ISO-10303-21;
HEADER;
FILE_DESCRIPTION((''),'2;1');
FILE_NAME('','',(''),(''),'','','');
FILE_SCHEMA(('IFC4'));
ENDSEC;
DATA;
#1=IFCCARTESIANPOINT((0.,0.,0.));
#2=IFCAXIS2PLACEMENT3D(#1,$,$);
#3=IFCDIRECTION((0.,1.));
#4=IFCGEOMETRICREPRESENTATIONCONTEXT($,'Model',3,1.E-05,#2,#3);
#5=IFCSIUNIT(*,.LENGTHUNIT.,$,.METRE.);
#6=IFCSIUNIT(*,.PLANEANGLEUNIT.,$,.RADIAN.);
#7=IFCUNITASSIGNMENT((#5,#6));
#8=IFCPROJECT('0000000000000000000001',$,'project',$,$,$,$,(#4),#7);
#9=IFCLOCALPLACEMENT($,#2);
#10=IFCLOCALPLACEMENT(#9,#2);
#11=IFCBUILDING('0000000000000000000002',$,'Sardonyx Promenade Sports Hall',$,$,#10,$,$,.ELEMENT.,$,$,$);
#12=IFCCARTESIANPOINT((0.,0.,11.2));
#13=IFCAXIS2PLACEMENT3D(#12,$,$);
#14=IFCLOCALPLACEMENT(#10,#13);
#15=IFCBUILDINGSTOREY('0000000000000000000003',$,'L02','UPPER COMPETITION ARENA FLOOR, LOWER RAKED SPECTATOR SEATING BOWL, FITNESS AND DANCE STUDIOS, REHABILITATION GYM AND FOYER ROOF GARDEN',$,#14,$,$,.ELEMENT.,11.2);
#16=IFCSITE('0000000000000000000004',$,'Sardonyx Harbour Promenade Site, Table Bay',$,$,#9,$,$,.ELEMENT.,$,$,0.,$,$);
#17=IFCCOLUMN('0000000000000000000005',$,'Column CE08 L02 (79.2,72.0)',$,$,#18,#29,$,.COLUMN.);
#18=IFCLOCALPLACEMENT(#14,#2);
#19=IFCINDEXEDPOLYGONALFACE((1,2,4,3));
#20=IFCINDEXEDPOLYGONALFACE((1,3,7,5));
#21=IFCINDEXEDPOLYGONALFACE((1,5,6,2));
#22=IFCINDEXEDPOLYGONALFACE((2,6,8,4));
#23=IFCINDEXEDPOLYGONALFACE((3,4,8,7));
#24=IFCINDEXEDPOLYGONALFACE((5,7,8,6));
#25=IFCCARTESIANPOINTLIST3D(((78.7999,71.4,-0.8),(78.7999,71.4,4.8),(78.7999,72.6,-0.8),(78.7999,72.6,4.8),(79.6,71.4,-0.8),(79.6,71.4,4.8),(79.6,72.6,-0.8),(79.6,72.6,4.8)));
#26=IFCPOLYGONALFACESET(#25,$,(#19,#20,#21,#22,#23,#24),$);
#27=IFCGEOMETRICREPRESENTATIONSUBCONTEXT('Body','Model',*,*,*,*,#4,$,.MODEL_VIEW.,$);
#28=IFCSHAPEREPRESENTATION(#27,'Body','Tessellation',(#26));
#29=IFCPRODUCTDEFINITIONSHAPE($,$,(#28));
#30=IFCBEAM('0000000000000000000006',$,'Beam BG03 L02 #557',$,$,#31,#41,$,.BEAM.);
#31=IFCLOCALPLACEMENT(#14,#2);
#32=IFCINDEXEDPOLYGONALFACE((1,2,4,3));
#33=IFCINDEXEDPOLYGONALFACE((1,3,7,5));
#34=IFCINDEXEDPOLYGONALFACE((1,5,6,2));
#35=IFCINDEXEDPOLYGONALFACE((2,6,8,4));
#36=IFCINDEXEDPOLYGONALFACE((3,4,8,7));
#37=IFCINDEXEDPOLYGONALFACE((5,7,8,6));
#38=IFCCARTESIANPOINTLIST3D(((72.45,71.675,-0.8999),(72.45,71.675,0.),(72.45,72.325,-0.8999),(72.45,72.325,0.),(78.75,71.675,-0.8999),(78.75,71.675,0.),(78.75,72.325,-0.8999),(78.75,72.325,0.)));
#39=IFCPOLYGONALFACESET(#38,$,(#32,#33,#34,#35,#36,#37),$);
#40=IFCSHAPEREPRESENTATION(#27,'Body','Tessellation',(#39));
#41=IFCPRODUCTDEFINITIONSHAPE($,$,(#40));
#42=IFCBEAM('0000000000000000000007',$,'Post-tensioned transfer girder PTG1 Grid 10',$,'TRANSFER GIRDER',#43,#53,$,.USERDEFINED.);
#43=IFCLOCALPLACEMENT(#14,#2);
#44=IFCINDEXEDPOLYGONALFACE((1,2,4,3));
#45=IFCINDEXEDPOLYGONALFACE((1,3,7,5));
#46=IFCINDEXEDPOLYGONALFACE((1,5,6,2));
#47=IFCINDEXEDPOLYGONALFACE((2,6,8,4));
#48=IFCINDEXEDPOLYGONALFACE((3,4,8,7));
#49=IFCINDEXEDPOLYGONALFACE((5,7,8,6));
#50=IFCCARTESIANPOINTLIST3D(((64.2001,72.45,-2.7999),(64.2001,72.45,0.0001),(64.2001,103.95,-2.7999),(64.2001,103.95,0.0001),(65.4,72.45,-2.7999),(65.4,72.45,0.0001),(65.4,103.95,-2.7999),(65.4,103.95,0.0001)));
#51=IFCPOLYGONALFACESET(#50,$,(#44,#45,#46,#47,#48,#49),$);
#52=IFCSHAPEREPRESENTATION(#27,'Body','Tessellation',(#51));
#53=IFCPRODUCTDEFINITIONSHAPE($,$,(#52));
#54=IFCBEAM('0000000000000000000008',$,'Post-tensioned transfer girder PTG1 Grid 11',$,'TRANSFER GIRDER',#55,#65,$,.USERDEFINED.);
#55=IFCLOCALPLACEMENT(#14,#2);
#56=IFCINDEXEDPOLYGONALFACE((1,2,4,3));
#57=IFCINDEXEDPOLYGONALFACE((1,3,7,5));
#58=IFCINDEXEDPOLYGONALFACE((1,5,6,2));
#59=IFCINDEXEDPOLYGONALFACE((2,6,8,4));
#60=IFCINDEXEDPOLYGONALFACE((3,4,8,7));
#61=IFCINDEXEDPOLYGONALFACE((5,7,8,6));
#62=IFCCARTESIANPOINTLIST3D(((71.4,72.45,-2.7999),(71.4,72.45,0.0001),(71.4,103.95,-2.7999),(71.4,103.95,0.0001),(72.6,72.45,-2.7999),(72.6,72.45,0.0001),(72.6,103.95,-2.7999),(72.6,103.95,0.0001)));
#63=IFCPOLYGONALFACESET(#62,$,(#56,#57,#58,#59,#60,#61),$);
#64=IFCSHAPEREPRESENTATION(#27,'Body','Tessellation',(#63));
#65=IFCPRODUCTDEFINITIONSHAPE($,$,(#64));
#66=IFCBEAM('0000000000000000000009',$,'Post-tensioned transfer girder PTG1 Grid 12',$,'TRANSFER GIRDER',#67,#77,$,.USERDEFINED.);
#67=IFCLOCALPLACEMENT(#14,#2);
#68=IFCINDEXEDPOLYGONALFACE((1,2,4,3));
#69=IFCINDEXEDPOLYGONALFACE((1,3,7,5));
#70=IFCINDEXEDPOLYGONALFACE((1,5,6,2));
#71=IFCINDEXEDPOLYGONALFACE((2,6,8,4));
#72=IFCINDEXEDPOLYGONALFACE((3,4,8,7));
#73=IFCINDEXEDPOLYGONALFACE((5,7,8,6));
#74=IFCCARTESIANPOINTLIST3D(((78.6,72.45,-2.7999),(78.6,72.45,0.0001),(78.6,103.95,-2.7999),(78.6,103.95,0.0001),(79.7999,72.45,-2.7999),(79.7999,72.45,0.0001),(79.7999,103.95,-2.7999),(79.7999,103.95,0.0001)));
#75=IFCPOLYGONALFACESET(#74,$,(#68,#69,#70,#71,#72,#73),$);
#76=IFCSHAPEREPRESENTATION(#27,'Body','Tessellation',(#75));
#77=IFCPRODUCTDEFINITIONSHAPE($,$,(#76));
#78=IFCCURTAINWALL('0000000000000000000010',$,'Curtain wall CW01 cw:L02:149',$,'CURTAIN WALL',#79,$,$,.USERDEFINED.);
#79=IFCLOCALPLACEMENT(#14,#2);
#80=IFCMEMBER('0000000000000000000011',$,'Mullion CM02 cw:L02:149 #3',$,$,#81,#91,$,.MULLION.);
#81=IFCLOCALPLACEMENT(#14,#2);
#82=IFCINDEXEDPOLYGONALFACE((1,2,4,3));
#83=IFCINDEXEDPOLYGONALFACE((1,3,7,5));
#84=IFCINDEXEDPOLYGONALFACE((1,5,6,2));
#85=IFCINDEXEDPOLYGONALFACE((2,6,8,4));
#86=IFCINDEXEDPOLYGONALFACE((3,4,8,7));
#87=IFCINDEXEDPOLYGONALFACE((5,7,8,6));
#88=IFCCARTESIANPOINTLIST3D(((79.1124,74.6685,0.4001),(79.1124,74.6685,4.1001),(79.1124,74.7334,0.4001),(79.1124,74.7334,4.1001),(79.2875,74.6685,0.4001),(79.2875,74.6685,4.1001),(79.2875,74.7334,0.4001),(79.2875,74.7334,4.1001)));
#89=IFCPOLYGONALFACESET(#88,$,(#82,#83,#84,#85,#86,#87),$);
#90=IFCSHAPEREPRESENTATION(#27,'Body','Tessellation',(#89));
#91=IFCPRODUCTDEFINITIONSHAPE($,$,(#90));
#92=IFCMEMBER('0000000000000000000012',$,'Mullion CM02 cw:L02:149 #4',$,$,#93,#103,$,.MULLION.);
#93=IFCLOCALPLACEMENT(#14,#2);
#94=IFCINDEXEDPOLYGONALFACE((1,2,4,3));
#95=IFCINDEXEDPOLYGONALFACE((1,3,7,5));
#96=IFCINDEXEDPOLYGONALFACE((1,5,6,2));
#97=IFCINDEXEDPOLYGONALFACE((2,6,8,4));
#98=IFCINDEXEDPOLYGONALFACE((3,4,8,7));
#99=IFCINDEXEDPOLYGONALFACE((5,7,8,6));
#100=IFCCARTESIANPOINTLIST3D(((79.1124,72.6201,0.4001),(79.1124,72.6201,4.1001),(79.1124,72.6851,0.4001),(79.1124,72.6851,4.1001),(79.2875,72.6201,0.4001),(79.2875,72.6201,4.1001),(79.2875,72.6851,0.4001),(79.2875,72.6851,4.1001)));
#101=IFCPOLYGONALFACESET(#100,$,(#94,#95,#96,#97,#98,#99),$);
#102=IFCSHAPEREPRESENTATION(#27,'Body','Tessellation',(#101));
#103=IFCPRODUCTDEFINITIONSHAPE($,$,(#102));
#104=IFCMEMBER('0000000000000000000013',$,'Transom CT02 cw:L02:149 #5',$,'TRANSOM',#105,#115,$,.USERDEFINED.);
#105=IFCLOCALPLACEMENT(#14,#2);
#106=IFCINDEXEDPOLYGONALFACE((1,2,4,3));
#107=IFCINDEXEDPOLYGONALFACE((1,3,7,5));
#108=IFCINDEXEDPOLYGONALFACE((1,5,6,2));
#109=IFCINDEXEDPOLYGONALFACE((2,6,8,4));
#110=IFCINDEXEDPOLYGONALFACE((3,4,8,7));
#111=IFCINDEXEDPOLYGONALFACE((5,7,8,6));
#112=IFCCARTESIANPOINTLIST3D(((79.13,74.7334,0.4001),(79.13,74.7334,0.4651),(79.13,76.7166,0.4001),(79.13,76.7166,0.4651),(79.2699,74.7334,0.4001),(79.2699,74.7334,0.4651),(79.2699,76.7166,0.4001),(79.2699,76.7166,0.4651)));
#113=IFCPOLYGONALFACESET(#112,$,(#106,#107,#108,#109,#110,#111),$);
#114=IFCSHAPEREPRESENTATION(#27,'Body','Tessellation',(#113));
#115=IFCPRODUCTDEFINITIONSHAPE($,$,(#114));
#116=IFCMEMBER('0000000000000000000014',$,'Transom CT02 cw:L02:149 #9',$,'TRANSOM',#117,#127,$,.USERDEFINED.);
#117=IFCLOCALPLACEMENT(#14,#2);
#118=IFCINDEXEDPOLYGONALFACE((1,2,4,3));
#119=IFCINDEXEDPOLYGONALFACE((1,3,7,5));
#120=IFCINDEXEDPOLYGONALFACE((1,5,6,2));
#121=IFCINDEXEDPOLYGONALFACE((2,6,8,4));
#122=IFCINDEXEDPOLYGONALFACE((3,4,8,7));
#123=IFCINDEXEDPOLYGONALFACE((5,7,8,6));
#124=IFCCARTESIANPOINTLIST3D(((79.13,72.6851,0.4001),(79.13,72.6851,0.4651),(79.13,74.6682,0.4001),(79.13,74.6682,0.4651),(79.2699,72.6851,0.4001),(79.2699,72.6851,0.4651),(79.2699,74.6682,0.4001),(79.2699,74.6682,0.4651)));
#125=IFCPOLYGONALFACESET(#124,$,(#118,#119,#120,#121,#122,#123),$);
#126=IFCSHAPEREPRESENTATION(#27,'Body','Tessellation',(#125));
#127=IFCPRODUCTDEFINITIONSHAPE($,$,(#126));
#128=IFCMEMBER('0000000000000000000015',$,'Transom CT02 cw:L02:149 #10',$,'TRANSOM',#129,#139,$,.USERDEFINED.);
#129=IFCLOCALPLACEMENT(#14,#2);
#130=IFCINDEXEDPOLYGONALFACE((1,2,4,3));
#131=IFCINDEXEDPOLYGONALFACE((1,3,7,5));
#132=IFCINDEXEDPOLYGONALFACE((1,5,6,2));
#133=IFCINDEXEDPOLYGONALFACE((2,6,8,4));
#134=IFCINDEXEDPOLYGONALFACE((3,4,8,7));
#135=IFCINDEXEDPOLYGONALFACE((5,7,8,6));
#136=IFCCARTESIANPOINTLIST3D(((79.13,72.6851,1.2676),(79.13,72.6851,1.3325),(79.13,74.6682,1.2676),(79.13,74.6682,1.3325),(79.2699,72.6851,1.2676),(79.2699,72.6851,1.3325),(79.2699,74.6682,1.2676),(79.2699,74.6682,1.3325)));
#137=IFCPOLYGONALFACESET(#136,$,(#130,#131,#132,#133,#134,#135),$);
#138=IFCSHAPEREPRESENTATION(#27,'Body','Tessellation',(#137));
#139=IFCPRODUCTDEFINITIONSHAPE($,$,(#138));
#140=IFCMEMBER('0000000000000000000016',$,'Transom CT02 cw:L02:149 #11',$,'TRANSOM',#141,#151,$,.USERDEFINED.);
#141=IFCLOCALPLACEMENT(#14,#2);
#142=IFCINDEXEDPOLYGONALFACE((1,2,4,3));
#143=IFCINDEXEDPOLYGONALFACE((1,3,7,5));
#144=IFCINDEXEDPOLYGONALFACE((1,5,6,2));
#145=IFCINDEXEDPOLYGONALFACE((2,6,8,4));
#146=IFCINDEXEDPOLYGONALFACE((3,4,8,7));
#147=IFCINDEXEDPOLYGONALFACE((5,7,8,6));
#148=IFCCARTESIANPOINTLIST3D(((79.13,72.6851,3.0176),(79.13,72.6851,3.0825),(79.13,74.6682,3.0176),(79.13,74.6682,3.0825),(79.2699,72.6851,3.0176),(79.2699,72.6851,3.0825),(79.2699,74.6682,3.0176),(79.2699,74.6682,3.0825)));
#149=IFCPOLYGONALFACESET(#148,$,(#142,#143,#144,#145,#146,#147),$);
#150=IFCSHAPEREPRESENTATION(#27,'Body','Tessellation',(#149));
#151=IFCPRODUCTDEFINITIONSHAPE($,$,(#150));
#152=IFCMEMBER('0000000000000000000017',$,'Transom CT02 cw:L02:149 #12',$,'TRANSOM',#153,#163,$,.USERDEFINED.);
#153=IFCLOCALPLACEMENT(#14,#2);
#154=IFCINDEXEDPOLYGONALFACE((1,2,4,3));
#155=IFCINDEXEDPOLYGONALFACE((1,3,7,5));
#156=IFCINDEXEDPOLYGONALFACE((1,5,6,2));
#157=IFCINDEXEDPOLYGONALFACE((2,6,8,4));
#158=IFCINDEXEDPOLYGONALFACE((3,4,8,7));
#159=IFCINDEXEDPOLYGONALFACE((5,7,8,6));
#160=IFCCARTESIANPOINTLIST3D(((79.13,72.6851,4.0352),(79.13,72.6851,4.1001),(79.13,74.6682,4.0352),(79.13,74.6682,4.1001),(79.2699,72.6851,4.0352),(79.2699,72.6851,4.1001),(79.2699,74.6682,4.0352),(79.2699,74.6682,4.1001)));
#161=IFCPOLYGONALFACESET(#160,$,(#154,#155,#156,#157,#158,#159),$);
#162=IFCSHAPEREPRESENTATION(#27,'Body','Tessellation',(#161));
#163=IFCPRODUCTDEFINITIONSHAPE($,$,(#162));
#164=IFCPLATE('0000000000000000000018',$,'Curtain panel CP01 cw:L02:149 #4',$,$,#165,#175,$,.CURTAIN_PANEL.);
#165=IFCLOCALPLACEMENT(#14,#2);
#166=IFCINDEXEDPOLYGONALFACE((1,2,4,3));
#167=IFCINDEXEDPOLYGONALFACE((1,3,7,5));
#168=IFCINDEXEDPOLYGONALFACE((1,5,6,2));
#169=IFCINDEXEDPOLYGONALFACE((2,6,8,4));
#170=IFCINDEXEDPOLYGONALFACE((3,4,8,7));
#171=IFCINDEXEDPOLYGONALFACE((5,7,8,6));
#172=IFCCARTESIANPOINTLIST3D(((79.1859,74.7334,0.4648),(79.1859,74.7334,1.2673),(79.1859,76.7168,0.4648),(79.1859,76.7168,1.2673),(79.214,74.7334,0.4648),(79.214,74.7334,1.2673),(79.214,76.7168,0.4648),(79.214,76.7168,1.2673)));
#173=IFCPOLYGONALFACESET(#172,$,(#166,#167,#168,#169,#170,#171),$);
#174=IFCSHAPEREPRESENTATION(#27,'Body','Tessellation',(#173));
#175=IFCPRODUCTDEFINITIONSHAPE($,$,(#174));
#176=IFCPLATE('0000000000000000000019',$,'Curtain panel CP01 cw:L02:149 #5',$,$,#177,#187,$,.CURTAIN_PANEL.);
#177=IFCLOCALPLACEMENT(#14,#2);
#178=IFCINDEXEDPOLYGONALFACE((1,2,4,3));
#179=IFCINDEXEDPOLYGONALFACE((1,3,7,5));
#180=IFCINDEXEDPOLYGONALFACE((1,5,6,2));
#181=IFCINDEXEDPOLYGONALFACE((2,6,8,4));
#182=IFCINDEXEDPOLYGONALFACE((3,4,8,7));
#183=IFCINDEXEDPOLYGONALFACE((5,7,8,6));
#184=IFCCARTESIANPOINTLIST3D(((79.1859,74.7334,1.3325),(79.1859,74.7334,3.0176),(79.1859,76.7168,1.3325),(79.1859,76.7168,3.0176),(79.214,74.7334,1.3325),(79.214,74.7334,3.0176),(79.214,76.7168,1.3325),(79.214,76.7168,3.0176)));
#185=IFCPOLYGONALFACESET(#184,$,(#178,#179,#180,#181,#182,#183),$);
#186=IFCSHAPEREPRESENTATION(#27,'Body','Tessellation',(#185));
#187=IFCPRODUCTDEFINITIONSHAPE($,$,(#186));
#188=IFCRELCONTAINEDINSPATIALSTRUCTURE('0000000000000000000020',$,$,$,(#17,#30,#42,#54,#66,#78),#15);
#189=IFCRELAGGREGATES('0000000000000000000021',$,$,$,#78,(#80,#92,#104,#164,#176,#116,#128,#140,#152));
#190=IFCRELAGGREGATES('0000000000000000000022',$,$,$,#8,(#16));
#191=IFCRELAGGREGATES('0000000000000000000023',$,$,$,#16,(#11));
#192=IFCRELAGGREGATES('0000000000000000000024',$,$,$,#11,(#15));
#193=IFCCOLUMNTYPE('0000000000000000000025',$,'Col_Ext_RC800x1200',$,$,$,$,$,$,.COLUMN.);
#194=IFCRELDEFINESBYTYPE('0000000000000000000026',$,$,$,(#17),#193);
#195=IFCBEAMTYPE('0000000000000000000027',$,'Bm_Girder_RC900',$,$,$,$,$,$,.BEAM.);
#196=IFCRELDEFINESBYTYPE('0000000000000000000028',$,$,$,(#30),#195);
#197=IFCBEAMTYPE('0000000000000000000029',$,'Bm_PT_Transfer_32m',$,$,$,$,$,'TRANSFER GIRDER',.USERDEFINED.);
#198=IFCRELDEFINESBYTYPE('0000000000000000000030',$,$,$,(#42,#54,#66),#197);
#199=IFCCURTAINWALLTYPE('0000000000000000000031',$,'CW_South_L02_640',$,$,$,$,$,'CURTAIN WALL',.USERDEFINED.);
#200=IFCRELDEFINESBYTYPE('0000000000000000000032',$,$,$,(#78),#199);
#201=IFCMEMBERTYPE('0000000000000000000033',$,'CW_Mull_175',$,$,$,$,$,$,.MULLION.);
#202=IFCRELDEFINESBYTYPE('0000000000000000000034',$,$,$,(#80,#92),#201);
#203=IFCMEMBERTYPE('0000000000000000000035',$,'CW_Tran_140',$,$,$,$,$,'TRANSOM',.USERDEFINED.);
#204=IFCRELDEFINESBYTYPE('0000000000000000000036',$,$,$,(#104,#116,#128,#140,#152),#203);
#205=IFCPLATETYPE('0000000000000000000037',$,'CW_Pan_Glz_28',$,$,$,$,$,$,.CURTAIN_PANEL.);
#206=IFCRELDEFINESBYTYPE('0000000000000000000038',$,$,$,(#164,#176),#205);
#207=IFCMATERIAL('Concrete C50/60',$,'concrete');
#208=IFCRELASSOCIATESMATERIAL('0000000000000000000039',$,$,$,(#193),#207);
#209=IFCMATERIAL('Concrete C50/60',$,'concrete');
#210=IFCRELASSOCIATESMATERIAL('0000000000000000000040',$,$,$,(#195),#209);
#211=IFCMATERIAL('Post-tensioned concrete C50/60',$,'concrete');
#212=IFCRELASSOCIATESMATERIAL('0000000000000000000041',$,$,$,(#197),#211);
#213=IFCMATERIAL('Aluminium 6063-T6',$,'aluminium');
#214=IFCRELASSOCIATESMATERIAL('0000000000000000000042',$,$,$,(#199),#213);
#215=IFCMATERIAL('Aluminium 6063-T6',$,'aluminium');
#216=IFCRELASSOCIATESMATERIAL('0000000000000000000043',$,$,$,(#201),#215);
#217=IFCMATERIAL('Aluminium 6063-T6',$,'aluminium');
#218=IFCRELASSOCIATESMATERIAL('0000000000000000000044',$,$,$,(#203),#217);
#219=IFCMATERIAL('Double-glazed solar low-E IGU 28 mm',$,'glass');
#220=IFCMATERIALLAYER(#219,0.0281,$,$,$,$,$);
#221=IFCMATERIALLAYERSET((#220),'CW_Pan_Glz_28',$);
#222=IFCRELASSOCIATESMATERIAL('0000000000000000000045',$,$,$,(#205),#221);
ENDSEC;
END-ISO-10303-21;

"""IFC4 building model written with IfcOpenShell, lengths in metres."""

from ifc_helpers import new_model, si_unit, direction, frame, origin, origin_2d, place, context, subcontext, project, spatial, rectangle, extrude, material, layer, layer_set, material_profile, profile_set, type_object, element, aggregate, save


model = new_model("IFC4")

# Units and contexts
model_context = context("Model", 3, precision=1e-05, world=origin(), true_north=direction((0.0, 1.0)))
body_context = subcontext(model_context, "Body", "Model", "MODEL_VIEW")
ifc_project = project(units=[si_unit("LENGTHUNIT", "METRE"), si_unit("PLANEANGLEUNIT", "RADIAN")], contexts=[model_context])

# Site, building, storey
site_placement = place(None, origin())
site = spatial("IfcSite", under=ifc_project, at=site_placement, Name="Sardonyx Harbour Promenade Site, Table Bay", CompositionType="ELEMENT", RefElevation=0.0)
building_placement = place(site_placement, origin())
building = spatial("IfcBuilding", under=site, at=building_placement, Name="Sardonyx Promenade Sports Hall", CompositionType="ELEMENT")
storey_placement = place(building_placement, frame((0.0, 0.0, 11.2)))
storey = spatial("IfcBuildingStorey", under=building, at=storey_placement, Name="L02", Description="UPPER COMPETITION ARENA FLOOR, LOWER RAKED SPECTATOR SEATING BOWL, FITNESS AND DANCE STUDIOS, REHABILITATION GYM AND FOYER ROOF GARDEN", CompositionType="ELEMENT", Elevation=11.2)

# Column
ifc_material_1 = material(Name="Concrete C50/60", Category="concrete")
ifc_material_profile_1 = material_profile(ifc_material_1, rectangle(XDim=0.8, YDim=1.2, at=origin_2d()))
ifc_profile_set_1 = profile_set([ifc_material_profile_1], Name="Concrete C50/60")
column_type = type_object("IfcColumnType", Name="Col_Ext_RC800x1200", PredefinedType="COLUMN", material=ifc_profile_set_1)
column_placement = place(storey_placement, frame((79.2, 72.0, -0.8), z_axis=(0.0, 0.0, 1.0), x_axis=(1.0, 0.0, 0.0)))
element("IfcColumn", 1, at=column_placement, inside=storey, type_object=column_type, Name="Column CE08 L02 (79.2,72.0)", PredefinedType="COLUMN", context=body_context, shape_type="SweptSolid", body=[
    extrude(rectangle(XDim=0.8, YDim=1.2, at=origin_2d()), origin(), (0.0, 0.0, 1.0), 5.6001),
])

# Beams
ifc_material_2 = material(Name="Concrete C50/60", Category="concrete")
ifc_material_profile_2 = material_profile(ifc_material_2, rectangle(XDim=0.6499, YDim=0.8999, at=origin_2d()))
ifc_profile_set_2 = profile_set([ifc_material_profile_2], Name="Concrete C50/60")
beam_type_1 = type_object("IfcBeamType", Name="Bm_Girder_RC900", PredefinedType="BEAM", material=ifc_profile_set_2)
beam_placement = place(storey_placement, frame((72.45, 72.0, -0.45), z_axis=(1.0, 0.0, 0.0), x_axis=(0.0, 1.0, 0.0)))
element("IfcBeam", 2, at=beam_placement, inside=storey, type_object=beam_type_1, Name="Beam BG03 L02 #557", PredefinedType="BEAM", context=body_context, shape_type="SweptSolid", body=[
    extrude(rectangle(XDim=0.6499, YDim=0.8999, at=origin_2d()), origin(), (0.0, 0.0, 1.0), 6.3),
])
ifc_material_3 = material(Name="Post-tensioned concrete C50/60", Category="concrete")
ifc_material_profile_3 = material_profile(ifc_material_3, rectangle(XDim=1.2, YDim=2.8, at=origin_2d()))
ifc_profile_set_3 = profile_set([ifc_material_profile_3], Name="Post-tensioned concrete C50/60")
beam_type_2 = type_object("IfcBeamType", Name="Bm_PT_Transfer_32m", ElementType="TRANSFER GIRDER", PredefinedType="USERDEFINED", material=ifc_profile_set_3)
for number, where, z_axis, x_axis, name in (
    (3, (64.8, 72.45, -1.3999), (0.0, 1.0, 0.0), (-1.0, 0.0, 0.0), "Post-tensioned transfer girder PTG1 Grid 10"),
    (4, (72.0, 72.45, -1.3999), (0.0, 1.0, 0.0), (-1.0, 0.0, 0.0), "Post-tensioned transfer girder PTG1 Grid 11"),
    (5, (79.2, 72.45, -1.3999), (0.0, 1.0, 0.0), (-1.0, 0.0, 0.0), "Post-tensioned transfer girder PTG1 Grid 12"),
):
    element("IfcBeam", number, at=place(storey_placement, frame(where, z_axis=z_axis, x_axis=x_axis)), inside=storey, type_object=beam_type_2, Name=name, ObjectType="TRANSFER GIRDER", PredefinedType="USERDEFINED", context=body_context, shape_type="SweptSolid", body=[
        extrude(rectangle(XDim=1.2, YDim=2.8, at=origin_2d()), origin(), (0.0, 0.0, 1.0), 31.5),
    ])

# Curtain wall, members, plates
ifc_material_4 = material(Name="Aluminium 6063-T6", Category="aluminium")
curtain_wall_type = type_object("IfcCurtainWallType", Name="CW_South_L02_640", ElementType="CURTAIN WALL", PredefinedType="USERDEFINED", material=ifc_material_4)
curtain_wall_placement = place(storey_placement, origin())
curtain_wall = element("IfcCurtainWall", 6, at=curtain_wall_placement, inside=storey, type_object=curtain_wall_type, Name="Curtain wall CW01 cw:L02:149", ObjectType="CURTAIN WALL", PredefinedType="USERDEFINED")
ifc_material_5 = material(Name="Aluminium 6063-T6", Category="aluminium")
ifc_material_profile_4 = material_profile(ifc_material_5, rectangle(XDim=0.0649, YDim=0.175, at=origin_2d()))
ifc_profile_set_4 = profile_set([ifc_material_profile_4], Name="Aluminium 6063-T6")
member_type_1 = type_object("IfcMemberType", Name="CW_Mull_175", PredefinedType="MULLION", material=ifc_profile_set_4)
member_1_placement = place(storey_placement, frame((79.2, 74.7009, 0.4001), z_axis=(0.0, 0.0, 1.0), x_axis=(0.0, -1.0, 0.0)))
member_1 = element("IfcMember", 7, at=member_1_placement, type_object=member_type_1, Name="Mullion CM02 cw:L02:149 #3", PredefinedType="MULLION", context=body_context, shape_type="SweptSolid", body=[
    extrude(rectangle(XDim=0.0649, YDim=0.175, at=origin_2d()), origin(), (0.0, 0.0, 1.0), 3.7),
])
member_2_placement = place(storey_placement, frame((79.2, 72.6526, 0.4001), z_axis=(0.0, 0.0, 1.0), x_axis=(0.0, -1.0, 0.0)))
member_2 = element("IfcMember", 8, at=member_2_placement, type_object=member_type_1, Name="Mullion CM02 cw:L02:149 #4", PredefinedType="MULLION", context=body_context, shape_type="SweptSolid", body=[
    extrude(rectangle(XDim=0.0649, YDim=0.175, at=origin_2d()), origin(), (0.0, 0.0, 1.0), 3.7),
])
ifc_material_6 = material(Name="Aluminium 6063-T6", Category="aluminium")
ifc_material_profile_5 = material_profile(ifc_material_6, rectangle(XDim=0.0649, YDim=0.1399, at=origin_2d()))
ifc_profile_set_5 = profile_set([ifc_material_profile_5], Name="Aluminium 6063-T6")
member_type_2 = type_object("IfcMemberType", Name="CW_Tran_140", ElementType="TRANSOM", PredefinedType="USERDEFINED", material=ifc_profile_set_5)
member_3_placement = place(storey_placement, frame((79.2, 76.7166, 0.4326), z_axis=(0.0, -1.0, 0.0), x_axis=(0.0, 0.0, 1.0)))
member_3 = element("IfcMember", 9, at=member_3_placement, type_object=member_type_2, Name="Transom CT02 cw:L02:149 #5", ObjectType="TRANSOM", PredefinedType="USERDEFINED", context=body_context, shape_type="SweptSolid", body=[
    extrude(rectangle(XDim=0.0649, YDim=0.1399, at=origin_2d()), origin(), (0.0, 0.0, 1.0), 1.9832),
])
member_4_placement = place(storey_placement, frame((79.2, 74.6682, 0.4326), z_axis=(0.0, -1.0, 0.0), x_axis=(0.0, 0.0, 1.0)))
member_4 = element("IfcMember", 10, at=member_4_placement, type_object=member_type_2, Name="Transom CT02 cw:L02:149 #9", ObjectType="TRANSOM", PredefinedType="USERDEFINED", context=body_context, shape_type="SweptSolid", body=[
    extrude(rectangle(XDim=0.0649, YDim=0.1399, at=origin_2d()), origin(), (0.0, 0.0, 1.0), 1.9832),
])
member_5_placement = place(storey_placement, frame((79.2, 74.6682, 1.3), z_axis=(0.0, -1.0, 0.0), x_axis=(0.0, 0.0, 1.0)))
member_5 = element("IfcMember", 11, at=member_5_placement, type_object=member_type_2, Name="Transom CT02 cw:L02:149 #10", ObjectType="TRANSOM", PredefinedType="USERDEFINED", context=body_context, shape_type="SweptSolid", body=[
    extrude(rectangle(XDim=0.0649, YDim=0.1399, at=origin_2d()), origin(), (0.0, 0.0, 1.0), 1.9832),
])
member_6_placement = place(storey_placement, frame((79.2, 74.6682, 3.05), z_axis=(0.0, -1.0, 0.0), x_axis=(0.0, 0.0, 1.0)))
member_6 = element("IfcMember", 12, at=member_6_placement, type_object=member_type_2, Name="Transom CT02 cw:L02:149 #11", ObjectType="TRANSOM", PredefinedType="USERDEFINED", context=body_context, shape_type="SweptSolid", body=[
    extrude(rectangle(XDim=0.0649, YDim=0.1399, at=origin_2d()), origin(), (0.0, 0.0, 1.0), 1.9832),
])
member_7_placement = place(storey_placement, frame((79.2, 74.6682, 4.0676), z_axis=(0.0, -1.0, 0.0), x_axis=(0.0, 0.0, 1.0)))
member_7 = element("IfcMember", 13, at=member_7_placement, type_object=member_type_2, Name="Transom CT02 cw:L02:149 #12", ObjectType="TRANSOM", PredefinedType="USERDEFINED", context=body_context, shape_type="SweptSolid", body=[
    extrude(rectangle(XDim=0.0649, YDim=0.1399, at=origin_2d()), origin(), (0.0, 0.0, 1.0), 1.9832),
])
ifc_material_7 = material(Name="Double-glazed solar low-E IGU 28 mm", Category="glass")
ifc_layer_1 = layer(ifc_material_7, 0.0281)
ifc_layer_set_1 = layer_set([ifc_layer_1], Name="CW_Pan_Glz_28")
plate_type = type_object("IfcPlateType", Name="CW_Pan_Glz_28", PredefinedType="CURTAIN_PANEL", material=ifc_layer_set_1)
plate_1_placement = place(storey_placement, frame((79.2, 75.7251, 0.4648), z_axis=(0.0, 0.0, 1.0), x_axis=(0.0, -1.0, 0.0)))
plate_1 = element("IfcPlate", 14, at=plate_1_placement, type_object=plate_type, Name="Curtain panel CP01 cw:L02:149 #4", PredefinedType="CURTAIN_PANEL", context=body_context, shape_type="SweptSolid", body=[
    extrude(rectangle(XDim=1.9834, YDim=0.0281, at=origin_2d()), origin(), (0.0, 0.0, 1.0), 0.8025),
])
plate_2_placement = place(storey_placement, frame((79.2, 75.7251, 1.3325), z_axis=(0.0, 0.0, 1.0), x_axis=(0.0, -1.0, 0.0)))
plate_2 = element("IfcPlate", 15, at=plate_2_placement, type_object=plate_type, Name="Curtain panel CP01 cw:L02:149 #5", PredefinedType="CURTAIN_PANEL", context=body_context, shape_type="SweptSolid", body=[
    extrude(rectangle(XDim=1.9834, YDim=0.0281, at=origin_2d()), origin(), (0.0, 0.0, 1.0), 1.6851),
])
aggregate(curtain_wall, [member_1, member_2, member_3, plate_1, plate_2, member_4, member_5, member_6, member_7])

save(model, "model.ifc")
